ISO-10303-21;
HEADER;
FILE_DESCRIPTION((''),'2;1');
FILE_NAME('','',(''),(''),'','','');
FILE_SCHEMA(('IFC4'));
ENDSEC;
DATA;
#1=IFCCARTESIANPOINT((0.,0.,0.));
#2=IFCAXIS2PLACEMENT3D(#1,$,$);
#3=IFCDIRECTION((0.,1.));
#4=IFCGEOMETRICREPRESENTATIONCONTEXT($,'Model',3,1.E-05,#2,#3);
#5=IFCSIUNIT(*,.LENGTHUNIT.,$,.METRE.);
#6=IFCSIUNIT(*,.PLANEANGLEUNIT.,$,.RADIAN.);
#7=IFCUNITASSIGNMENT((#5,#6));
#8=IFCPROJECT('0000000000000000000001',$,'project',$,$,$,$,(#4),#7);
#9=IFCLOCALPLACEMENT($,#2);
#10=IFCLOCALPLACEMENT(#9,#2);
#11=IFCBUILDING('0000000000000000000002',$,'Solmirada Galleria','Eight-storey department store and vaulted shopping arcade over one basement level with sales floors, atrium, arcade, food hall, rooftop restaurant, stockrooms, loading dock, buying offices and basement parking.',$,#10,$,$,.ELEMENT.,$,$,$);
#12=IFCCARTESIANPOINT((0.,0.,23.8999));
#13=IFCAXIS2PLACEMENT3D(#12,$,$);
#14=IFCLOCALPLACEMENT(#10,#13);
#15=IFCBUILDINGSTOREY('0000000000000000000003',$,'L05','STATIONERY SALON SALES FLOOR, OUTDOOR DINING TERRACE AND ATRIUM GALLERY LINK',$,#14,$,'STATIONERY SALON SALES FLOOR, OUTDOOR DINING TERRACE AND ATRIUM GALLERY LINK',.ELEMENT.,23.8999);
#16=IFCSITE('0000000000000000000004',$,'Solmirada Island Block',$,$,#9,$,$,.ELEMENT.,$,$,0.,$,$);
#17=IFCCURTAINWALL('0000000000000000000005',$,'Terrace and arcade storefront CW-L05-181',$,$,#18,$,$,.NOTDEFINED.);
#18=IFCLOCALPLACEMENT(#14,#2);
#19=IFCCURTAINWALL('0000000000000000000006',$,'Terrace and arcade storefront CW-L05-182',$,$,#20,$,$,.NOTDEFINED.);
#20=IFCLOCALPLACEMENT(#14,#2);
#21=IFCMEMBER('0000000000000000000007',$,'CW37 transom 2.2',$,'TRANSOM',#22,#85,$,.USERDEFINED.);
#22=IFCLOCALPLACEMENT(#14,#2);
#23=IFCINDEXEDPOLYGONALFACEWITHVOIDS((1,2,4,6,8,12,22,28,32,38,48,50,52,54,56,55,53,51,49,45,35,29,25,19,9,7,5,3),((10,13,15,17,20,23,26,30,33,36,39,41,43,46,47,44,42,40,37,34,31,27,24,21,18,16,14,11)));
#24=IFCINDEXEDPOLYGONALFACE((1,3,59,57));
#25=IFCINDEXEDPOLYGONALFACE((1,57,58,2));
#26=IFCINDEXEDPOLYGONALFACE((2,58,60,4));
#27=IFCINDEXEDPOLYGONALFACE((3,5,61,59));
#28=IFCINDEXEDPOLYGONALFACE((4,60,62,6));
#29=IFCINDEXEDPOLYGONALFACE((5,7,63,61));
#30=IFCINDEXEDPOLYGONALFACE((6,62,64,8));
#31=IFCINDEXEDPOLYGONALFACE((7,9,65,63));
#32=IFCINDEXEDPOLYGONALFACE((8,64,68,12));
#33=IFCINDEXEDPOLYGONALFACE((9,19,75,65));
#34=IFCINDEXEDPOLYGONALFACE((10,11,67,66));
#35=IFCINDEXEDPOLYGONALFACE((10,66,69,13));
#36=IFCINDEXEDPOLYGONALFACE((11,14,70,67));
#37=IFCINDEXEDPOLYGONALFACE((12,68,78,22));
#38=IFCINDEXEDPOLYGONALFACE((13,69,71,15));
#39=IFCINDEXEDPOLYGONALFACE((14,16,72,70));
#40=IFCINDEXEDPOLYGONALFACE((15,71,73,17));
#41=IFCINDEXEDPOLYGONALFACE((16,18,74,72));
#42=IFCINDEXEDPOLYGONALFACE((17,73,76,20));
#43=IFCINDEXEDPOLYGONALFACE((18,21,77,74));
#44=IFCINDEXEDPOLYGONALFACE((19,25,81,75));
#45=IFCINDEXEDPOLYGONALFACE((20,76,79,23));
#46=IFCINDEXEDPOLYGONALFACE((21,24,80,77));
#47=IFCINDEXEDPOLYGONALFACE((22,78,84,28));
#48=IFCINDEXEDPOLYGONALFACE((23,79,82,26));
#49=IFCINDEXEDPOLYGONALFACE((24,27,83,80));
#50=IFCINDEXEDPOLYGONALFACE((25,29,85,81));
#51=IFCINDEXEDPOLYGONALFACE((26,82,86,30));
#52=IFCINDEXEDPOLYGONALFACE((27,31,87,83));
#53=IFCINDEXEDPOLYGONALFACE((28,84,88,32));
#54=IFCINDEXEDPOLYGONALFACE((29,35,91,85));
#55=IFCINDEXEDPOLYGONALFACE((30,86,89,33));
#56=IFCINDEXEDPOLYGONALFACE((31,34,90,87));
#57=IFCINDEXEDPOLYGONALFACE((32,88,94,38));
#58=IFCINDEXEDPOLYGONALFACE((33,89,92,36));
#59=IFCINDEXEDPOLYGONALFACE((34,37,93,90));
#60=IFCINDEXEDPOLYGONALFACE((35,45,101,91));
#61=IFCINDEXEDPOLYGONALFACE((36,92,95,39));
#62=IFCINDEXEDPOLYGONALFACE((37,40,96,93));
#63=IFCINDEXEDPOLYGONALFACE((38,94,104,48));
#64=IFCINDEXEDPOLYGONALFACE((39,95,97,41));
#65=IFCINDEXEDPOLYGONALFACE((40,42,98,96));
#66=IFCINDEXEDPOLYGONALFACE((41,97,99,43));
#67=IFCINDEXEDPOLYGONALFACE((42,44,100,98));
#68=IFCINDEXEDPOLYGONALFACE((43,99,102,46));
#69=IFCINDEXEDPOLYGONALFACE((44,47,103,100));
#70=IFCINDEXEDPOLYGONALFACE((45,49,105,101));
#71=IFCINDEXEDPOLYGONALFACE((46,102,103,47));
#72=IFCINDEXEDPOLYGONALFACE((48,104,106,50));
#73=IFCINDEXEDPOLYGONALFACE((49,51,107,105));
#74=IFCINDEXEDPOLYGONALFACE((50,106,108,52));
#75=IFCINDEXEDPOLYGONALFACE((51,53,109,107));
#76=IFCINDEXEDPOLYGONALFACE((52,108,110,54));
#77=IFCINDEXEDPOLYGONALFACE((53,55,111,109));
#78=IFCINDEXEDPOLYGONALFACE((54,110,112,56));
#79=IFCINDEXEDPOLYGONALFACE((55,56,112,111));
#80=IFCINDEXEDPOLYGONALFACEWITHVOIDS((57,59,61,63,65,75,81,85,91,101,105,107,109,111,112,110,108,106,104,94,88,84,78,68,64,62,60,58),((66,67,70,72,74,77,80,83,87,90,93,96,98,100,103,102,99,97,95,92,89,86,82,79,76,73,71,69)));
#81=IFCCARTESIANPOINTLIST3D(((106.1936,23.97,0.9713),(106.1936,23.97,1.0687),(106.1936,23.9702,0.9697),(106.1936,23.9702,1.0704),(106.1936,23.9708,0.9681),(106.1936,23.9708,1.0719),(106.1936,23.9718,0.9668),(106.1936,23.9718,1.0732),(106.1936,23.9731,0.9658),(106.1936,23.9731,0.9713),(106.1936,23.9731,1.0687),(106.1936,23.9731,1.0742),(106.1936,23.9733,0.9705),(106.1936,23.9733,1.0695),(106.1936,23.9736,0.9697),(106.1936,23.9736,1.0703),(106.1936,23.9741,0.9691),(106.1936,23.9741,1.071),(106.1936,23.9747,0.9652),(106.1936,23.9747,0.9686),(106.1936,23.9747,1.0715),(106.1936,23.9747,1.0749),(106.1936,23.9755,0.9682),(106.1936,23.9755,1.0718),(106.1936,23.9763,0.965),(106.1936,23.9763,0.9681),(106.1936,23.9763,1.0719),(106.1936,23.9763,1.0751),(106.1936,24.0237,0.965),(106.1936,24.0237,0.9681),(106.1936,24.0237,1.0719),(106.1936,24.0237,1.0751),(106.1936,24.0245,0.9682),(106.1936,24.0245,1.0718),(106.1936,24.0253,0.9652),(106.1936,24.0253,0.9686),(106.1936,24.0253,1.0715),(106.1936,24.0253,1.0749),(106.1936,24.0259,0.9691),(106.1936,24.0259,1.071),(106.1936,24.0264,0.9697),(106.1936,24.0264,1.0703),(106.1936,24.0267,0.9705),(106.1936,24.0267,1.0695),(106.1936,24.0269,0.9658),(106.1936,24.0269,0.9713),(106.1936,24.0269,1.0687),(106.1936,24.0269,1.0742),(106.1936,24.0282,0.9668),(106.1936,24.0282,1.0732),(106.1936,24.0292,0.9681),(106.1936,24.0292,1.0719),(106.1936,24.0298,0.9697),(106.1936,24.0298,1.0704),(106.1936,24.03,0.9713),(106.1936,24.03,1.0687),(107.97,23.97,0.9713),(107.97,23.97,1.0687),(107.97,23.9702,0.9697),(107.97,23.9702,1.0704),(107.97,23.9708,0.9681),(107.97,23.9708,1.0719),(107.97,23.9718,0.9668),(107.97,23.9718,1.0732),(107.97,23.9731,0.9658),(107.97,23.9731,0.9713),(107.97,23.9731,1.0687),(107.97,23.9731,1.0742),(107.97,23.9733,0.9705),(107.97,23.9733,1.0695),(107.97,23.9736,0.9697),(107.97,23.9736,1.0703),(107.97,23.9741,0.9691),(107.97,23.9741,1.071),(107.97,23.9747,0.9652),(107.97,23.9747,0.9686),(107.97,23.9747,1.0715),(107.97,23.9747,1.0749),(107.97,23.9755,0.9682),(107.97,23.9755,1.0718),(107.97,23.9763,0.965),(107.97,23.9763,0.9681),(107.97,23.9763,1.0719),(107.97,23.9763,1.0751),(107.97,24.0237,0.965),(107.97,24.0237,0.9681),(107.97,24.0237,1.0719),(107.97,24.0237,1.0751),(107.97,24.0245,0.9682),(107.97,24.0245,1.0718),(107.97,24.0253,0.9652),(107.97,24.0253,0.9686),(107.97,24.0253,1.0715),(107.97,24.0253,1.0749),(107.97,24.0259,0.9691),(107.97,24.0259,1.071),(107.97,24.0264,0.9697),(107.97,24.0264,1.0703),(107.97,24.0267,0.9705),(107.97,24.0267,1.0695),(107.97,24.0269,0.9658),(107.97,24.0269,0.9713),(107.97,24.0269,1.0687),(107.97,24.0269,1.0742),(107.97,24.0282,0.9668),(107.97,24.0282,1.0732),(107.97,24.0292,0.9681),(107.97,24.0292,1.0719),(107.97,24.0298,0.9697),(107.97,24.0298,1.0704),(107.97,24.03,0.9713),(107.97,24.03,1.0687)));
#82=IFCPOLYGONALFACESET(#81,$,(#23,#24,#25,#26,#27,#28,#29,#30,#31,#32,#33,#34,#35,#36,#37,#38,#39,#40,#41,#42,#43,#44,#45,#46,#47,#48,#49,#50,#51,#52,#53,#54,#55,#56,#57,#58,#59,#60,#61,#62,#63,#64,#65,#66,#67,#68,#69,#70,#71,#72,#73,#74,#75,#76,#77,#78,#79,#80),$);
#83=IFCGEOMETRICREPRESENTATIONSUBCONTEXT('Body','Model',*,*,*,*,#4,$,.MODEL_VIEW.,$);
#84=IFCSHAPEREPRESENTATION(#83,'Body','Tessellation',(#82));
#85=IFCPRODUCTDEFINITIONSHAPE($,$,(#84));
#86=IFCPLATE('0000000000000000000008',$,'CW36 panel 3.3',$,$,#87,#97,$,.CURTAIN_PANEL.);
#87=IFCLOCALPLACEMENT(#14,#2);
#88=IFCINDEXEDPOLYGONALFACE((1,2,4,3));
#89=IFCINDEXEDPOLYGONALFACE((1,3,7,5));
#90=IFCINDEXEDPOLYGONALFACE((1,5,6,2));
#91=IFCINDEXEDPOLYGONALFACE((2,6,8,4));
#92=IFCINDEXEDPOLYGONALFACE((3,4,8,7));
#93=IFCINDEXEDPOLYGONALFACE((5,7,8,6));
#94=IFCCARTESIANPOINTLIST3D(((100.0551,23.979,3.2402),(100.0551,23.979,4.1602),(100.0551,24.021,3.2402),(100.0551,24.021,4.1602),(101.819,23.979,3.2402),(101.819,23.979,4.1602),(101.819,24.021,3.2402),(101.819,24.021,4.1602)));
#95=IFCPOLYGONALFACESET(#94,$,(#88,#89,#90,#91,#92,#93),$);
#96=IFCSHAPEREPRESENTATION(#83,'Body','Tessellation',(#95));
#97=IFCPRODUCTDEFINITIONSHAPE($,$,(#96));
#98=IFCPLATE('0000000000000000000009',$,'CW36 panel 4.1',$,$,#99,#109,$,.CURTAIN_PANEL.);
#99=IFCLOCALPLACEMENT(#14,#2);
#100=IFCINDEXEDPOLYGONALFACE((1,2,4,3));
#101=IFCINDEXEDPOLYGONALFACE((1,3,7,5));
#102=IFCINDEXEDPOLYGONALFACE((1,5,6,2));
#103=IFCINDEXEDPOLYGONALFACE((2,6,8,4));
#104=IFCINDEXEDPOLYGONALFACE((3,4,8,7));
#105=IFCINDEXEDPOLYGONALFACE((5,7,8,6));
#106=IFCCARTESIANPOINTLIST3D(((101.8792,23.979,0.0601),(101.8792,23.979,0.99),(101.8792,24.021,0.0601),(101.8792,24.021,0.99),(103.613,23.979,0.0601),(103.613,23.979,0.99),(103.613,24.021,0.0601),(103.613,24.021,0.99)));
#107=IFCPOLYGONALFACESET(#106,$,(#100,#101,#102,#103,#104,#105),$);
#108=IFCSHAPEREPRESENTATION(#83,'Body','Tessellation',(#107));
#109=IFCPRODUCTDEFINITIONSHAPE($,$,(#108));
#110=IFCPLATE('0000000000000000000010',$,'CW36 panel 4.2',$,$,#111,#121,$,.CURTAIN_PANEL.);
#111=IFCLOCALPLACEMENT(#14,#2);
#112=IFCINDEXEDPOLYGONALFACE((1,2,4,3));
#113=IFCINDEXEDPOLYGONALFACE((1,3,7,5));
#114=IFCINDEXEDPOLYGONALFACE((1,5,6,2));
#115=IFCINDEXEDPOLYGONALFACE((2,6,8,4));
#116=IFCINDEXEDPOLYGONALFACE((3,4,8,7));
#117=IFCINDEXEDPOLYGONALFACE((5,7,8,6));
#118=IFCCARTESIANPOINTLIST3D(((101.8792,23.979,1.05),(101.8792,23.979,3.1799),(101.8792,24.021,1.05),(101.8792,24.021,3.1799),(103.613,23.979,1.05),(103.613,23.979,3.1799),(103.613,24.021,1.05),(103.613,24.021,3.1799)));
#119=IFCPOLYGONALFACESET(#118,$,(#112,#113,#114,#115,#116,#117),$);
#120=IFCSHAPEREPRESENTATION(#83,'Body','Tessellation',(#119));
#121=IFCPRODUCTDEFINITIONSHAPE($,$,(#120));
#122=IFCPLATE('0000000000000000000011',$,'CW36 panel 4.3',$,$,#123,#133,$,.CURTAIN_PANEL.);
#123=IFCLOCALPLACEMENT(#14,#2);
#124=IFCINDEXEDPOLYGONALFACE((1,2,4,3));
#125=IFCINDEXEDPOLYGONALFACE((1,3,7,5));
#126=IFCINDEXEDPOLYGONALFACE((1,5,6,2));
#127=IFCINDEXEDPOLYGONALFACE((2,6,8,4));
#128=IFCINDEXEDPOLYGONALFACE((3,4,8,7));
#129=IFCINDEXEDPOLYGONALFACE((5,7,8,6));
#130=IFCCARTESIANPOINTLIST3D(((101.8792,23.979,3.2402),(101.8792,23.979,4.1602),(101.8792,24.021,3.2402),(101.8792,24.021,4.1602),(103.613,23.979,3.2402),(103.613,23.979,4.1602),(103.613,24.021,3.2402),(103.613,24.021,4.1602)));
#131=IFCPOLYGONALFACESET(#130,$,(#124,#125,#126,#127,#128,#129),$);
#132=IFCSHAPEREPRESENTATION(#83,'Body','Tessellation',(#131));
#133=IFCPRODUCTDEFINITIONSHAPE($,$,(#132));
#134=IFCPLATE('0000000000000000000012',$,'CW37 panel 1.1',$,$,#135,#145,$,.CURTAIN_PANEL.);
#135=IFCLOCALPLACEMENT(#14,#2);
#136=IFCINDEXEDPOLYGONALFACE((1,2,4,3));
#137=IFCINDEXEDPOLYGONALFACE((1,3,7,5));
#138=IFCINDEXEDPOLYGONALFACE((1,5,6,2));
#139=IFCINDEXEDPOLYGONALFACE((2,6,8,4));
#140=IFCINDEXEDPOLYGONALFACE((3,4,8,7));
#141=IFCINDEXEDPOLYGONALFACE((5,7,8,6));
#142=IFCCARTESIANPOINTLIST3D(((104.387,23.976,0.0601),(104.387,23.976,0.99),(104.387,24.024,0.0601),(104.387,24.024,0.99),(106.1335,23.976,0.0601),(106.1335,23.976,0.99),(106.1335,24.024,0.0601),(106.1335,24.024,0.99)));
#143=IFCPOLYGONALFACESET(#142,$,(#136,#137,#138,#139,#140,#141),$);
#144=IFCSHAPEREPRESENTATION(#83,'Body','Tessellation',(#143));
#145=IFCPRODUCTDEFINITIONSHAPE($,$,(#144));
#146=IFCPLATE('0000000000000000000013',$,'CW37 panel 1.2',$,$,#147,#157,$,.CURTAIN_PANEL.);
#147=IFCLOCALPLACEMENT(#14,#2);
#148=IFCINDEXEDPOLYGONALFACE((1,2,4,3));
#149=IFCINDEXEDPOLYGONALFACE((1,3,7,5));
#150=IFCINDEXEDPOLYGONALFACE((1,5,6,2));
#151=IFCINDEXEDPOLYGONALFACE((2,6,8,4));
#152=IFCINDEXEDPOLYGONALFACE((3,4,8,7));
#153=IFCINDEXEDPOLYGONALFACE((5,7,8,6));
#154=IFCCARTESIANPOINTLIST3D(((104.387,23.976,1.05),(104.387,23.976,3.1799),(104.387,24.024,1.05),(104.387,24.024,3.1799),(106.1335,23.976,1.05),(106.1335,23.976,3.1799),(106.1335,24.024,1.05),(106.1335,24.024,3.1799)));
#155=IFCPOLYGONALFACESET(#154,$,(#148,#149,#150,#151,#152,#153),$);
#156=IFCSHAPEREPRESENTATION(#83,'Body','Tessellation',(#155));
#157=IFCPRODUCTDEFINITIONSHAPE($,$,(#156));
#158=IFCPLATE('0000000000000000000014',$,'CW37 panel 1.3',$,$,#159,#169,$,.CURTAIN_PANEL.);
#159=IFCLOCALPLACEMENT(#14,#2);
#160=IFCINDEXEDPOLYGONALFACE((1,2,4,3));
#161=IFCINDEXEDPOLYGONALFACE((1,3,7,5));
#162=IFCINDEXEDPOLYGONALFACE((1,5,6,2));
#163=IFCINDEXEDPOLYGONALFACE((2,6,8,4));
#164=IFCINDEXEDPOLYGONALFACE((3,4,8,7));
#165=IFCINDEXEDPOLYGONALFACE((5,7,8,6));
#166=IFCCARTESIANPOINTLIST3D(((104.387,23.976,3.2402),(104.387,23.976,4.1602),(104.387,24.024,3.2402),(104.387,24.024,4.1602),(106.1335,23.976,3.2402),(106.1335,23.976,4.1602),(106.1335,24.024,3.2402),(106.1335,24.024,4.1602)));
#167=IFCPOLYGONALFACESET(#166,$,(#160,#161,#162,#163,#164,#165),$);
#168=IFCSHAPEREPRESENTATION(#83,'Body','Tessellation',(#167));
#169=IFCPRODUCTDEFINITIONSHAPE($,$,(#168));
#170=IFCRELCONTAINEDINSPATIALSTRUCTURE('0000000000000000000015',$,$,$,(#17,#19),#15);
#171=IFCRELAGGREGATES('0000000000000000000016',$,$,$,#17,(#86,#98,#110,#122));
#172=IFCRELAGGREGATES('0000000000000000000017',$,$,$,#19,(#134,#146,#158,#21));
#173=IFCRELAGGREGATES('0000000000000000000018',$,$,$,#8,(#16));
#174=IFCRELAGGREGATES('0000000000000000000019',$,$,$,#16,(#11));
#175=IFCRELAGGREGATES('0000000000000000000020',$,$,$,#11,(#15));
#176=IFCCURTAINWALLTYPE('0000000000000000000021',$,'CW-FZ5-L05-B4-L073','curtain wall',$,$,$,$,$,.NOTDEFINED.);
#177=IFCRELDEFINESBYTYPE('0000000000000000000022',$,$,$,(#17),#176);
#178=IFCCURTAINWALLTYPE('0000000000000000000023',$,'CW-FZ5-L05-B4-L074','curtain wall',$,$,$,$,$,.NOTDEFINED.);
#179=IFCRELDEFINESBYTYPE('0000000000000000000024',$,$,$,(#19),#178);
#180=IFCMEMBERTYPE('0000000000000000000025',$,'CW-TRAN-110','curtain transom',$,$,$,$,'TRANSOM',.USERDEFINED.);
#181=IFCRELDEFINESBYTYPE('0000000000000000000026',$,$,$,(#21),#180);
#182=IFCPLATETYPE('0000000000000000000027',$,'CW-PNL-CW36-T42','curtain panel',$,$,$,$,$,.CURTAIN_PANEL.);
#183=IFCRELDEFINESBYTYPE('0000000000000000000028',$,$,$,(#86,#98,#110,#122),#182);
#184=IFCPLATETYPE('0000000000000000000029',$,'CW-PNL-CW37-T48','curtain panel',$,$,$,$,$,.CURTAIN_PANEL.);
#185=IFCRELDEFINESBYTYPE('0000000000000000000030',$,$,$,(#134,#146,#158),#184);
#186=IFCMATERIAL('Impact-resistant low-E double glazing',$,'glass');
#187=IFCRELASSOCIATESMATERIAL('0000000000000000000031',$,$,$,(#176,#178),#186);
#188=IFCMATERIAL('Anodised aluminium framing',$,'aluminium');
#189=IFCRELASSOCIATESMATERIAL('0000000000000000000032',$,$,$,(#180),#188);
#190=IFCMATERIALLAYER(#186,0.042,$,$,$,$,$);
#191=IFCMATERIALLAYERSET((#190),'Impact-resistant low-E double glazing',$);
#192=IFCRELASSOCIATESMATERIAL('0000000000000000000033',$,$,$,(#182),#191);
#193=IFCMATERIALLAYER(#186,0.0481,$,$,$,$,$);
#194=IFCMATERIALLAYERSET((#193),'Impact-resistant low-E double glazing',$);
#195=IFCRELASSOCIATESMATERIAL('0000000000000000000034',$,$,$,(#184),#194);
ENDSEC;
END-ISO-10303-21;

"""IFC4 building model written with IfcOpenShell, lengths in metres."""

from ifc_helpers import new_model, si_unit, direction, frame, origin, origin_2d, place, context, subcontext, project, spatial, rectangle, hollow_rectangle, extrude, material, layer, layer_set, material_profile, profile_set, type_object, element, aggregate, save


model = new_model("IFC4")

# Units and contexts
model_context = context("Model", 3, precision=1e-05, world=origin(), true_north=direction((0.0, 1.0)))
body_context = subcontext(model_context, "Body", "Model", "MODEL_VIEW")
ifc_project = project(units=[si_unit("LENGTHUNIT", "METRE"), si_unit("PLANEANGLEUNIT", "RADIAN")], contexts=[model_context])

# Site, building, storey
site_placement = place(None, origin())
site = spatial("IfcSite", under=ifc_project, at=site_placement, Name="Solmirada Island Block", CompositionType="ELEMENT", RefElevation=0.0)
building_placement = place(site_placement, origin())
building = spatial("IfcBuilding", under=site, at=building_placement, Name="Solmirada Galleria", Description="Eight-storey department store and vaulted shopping arcade over one basement level with sales floors, atrium, arcade, food hall, rooftop restaurant, stockrooms, loading dock, buying offices and basement parking.", CompositionType="ELEMENT")
storey_placement = place(building_placement, frame((0.0, 0.0, 23.8999)))
storey = spatial("IfcBuildingStorey", under=building, at=storey_placement, Name="L05", Description="STATIONERY SALON SALES FLOOR, OUTDOOR DINING TERRACE AND ATRIUM GALLERY LINK", LongName="STATIONERY SALON SALES FLOOR, OUTDOOR DINING TERRACE AND ATRIUM GALLERY LINK", CompositionType="ELEMENT", Elevation=23.8999)

# Curtain walls
ifc_material_1 = material(Name="Impact-resistant low-E double glazing", Category="glass")
curtain_wall_type_1 = type_object("IfcCurtainWallType", Name="CW-FZ5-L05-B4-L073", Description="curtain wall", PredefinedType="NOTDEFINED", material=ifc_material_1)
curtain_wall_1_placement = place(storey_placement, origin())
curtain_wall_1 = element("IfcCurtainWall", 1, at=curtain_wall_1_placement, inside=storey, type_object=curtain_wall_type_1, Name="Terrace and arcade storefront CW-L05-181", PredefinedType="NOTDEFINED")
ifc_material_2 = material(Name="Anodised aluminium framing", Category="aluminium")
curtain_wall_type_2 = type_object("IfcCurtainWallType", Name="CW-FZ5-L05-B4-L074", Description="curtain wall", PredefinedType="NOTDEFINED", material=ifc_material_1)
curtain_wall_2_placement = place(storey_placement, origin())
curtain_wall_2 = element("IfcCurtainWall", 2, at=curtain_wall_2_placement, inside=storey, type_object=curtain_wall_type_2, Name="Terrace and arcade storefront CW-L05-182", PredefinedType="NOTDEFINED")

# Member
ifc_material_profile_1 = material_profile(ifc_material_2, hollow_rectangle(XDim=0.0601, YDim=0.1101, WallThickness=0.0032, InnerFilletRadius=0.0032, OuterFilletRadius=0.0063, at=origin_2d()), Name="ALU-TRAN-110X60")
ifc_profile_set_1 = profile_set([ifc_material_profile_1], Name="Anodised aluminium framing")
member_type_1 = type_object("IfcMemberType", Name="CW-TRAN-110", Description="curtain transom", ElementType="TRANSOM", PredefinedType="USERDEFINED", material=ifc_profile_set_1)
member_1_placement = place(storey_placement, frame((106.1936, 24.0, 1.02), z_axis=(1.0, 0.0, 0.0), x_axis=(0.0, 1.0, 0.0)))
member_1 = element("IfcMember", 3, at=member_1_placement, type_object=member_type_1, Name="CW37 transom 2.2", ObjectType="TRANSOM", PredefinedType="USERDEFINED", context=body_context, shape_type="SweptSolid", body=[
    extrude(hollow_rectangle(XDim=0.0601, YDim=0.1101, WallThickness=0.0032, InnerFilletRadius=0.0032, OuterFilletRadius=0.0063, at=origin_2d()), origin(), (0.0, 0.0, 1.0), 1.7764),
])

# Plates
ifc_layer_1 = layer(ifc_material_1, 0.042)
ifc_layer_set_1 = layer_set([ifc_layer_1], Name="Impact-resistant low-E double glazing")
plate_type_1 = type_object("IfcPlateType", Name="CW-PNL-CW36-T42", Description="curtain panel", PredefinedType="CURTAIN_PANEL", material=ifc_layer_set_1)
plate_1_placement = place(storey_placement, frame((100.937, 24.0, 3.2402), z_axis=(0.0, 0.0, 1.0), x_axis=(1.0, 0.0, 0.0)))
plate_1 = element("IfcPlate", 4, at=plate_1_placement, type_object=plate_type_1, Name="CW36 panel 3.3", PredefinedType="CURTAIN_PANEL", context=body_context, shape_type="SweptSolid", body=[
    extrude(rectangle(XDim=1.7639, YDim=0.042, at=origin_2d()), origin(), (0.0, 0.0, 1.0), 0.9199),
])
plate_2_placement = place(storey_placement, frame((102.7461, 24.0, 0.0601), z_axis=(0.0, 0.0, 1.0), x_axis=(1.0, 0.0, 0.0)))
plate_2 = element("IfcPlate", 5, at=plate_2_placement, type_object=plate_type_1, Name="CW36 panel 4.1", PredefinedType="CURTAIN_PANEL", context=body_context, shape_type="SweptSolid", body=[
    extrude(rectangle(XDim=1.7339, YDim=0.042, at=origin_2d()), origin(), (0.0, 0.0, 1.0), 0.9299),
])
plate_3_placement = place(storey_placement, frame((102.7461, 24.0, 1.05), z_axis=(0.0, 0.0, 1.0), x_axis=(1.0, 0.0, 0.0)))
plate_3 = element("IfcPlate", 6, at=plate_3_placement, type_object=plate_type_1, Name="CW36 panel 4.2", PredefinedType="CURTAIN_PANEL", context=body_context, shape_type="SweptSolid", body=[
    extrude(rectangle(XDim=1.7339, YDim=0.042, at=origin_2d()), origin(), (0.0, 0.0, 1.0), 2.1299),
])
plate_4_placement = place(storey_placement, frame((102.7461, 24.0, 3.2402), z_axis=(0.0, 0.0, 1.0), x_axis=(1.0, 0.0, 0.0)))
plate_4 = element("IfcPlate", 7, at=plate_4_placement, type_object=plate_type_1, Name="CW36 panel 4.3", PredefinedType="CURTAIN_PANEL", context=body_context, shape_type="SweptSolid", body=[
    extrude(rectangle(XDim=1.7339, YDim=0.042, at=origin_2d()), origin(), (0.0, 0.0, 1.0), 0.9199),
])
aggregate(curtain_wall_1, [plate_1, plate_2, plate_3, plate_4])
ifc_layer_2 = layer(ifc_material_1, 0.0481)
ifc_layer_set_2 = layer_set([ifc_layer_2], Name="Impact-resistant low-E double glazing")
plate_type_2 = type_object("IfcPlateType", Name="CW-PNL-CW37-T48", Description="curtain panel", PredefinedType="CURTAIN_PANEL", material=ifc_layer_set_2)
plate_5_placement = place(storey_placement, frame((105.2603, 24.0, 0.0601), z_axis=(0.0, 0.0, 1.0), x_axis=(1.0, 0.0, 0.0)))
plate_5 = element("IfcPlate", 8, at=plate_5_placement, type_object=plate_type_2, Name="CW37 panel 1.1", PredefinedType="CURTAIN_PANEL", context=body_context, shape_type="SweptSolid", body=[
    extrude(rectangle(XDim=1.7466, YDim=0.0481, at=origin_2d()), origin(), (0.0, 0.0, 1.0), 0.9299),
])
plate_6_placement = place(storey_placement, frame((105.2603, 24.0, 1.05), z_axis=(0.0, 0.0, 1.0), x_axis=(1.0, 0.0, 0.0)))
plate_6 = element("IfcPlate", 9, at=plate_6_placement, type_object=plate_type_2, Name="CW37 panel 1.2", PredefinedType="CURTAIN_PANEL", context=body_context, shape_type="SweptSolid", body=[
    extrude(rectangle(XDim=1.7466, YDim=0.0481, at=origin_2d()), origin(), (0.0, 0.0, 1.0), 2.1299),
])
plate_7_placement = place(storey_placement, frame((105.2603, 24.0, 3.2402), z_axis=(0.0, 0.0, 1.0), x_axis=(1.0, 0.0, 0.0)))
plate_7 = element("IfcPlate", 10, at=plate_7_placement, type_object=plate_type_2, Name="CW37 panel 1.3", PredefinedType="CURTAIN_PANEL", context=body_context, shape_type="SweptSolid", body=[
    extrude(rectangle(XDim=1.7466, YDim=0.0481, at=origin_2d()), origin(), (0.0, 0.0, 1.0), 0.9199),
])
aggregate(curtain_wall_2, [plate_5, plate_6, plate_7, member_1])

save(model, "model.ifc")
